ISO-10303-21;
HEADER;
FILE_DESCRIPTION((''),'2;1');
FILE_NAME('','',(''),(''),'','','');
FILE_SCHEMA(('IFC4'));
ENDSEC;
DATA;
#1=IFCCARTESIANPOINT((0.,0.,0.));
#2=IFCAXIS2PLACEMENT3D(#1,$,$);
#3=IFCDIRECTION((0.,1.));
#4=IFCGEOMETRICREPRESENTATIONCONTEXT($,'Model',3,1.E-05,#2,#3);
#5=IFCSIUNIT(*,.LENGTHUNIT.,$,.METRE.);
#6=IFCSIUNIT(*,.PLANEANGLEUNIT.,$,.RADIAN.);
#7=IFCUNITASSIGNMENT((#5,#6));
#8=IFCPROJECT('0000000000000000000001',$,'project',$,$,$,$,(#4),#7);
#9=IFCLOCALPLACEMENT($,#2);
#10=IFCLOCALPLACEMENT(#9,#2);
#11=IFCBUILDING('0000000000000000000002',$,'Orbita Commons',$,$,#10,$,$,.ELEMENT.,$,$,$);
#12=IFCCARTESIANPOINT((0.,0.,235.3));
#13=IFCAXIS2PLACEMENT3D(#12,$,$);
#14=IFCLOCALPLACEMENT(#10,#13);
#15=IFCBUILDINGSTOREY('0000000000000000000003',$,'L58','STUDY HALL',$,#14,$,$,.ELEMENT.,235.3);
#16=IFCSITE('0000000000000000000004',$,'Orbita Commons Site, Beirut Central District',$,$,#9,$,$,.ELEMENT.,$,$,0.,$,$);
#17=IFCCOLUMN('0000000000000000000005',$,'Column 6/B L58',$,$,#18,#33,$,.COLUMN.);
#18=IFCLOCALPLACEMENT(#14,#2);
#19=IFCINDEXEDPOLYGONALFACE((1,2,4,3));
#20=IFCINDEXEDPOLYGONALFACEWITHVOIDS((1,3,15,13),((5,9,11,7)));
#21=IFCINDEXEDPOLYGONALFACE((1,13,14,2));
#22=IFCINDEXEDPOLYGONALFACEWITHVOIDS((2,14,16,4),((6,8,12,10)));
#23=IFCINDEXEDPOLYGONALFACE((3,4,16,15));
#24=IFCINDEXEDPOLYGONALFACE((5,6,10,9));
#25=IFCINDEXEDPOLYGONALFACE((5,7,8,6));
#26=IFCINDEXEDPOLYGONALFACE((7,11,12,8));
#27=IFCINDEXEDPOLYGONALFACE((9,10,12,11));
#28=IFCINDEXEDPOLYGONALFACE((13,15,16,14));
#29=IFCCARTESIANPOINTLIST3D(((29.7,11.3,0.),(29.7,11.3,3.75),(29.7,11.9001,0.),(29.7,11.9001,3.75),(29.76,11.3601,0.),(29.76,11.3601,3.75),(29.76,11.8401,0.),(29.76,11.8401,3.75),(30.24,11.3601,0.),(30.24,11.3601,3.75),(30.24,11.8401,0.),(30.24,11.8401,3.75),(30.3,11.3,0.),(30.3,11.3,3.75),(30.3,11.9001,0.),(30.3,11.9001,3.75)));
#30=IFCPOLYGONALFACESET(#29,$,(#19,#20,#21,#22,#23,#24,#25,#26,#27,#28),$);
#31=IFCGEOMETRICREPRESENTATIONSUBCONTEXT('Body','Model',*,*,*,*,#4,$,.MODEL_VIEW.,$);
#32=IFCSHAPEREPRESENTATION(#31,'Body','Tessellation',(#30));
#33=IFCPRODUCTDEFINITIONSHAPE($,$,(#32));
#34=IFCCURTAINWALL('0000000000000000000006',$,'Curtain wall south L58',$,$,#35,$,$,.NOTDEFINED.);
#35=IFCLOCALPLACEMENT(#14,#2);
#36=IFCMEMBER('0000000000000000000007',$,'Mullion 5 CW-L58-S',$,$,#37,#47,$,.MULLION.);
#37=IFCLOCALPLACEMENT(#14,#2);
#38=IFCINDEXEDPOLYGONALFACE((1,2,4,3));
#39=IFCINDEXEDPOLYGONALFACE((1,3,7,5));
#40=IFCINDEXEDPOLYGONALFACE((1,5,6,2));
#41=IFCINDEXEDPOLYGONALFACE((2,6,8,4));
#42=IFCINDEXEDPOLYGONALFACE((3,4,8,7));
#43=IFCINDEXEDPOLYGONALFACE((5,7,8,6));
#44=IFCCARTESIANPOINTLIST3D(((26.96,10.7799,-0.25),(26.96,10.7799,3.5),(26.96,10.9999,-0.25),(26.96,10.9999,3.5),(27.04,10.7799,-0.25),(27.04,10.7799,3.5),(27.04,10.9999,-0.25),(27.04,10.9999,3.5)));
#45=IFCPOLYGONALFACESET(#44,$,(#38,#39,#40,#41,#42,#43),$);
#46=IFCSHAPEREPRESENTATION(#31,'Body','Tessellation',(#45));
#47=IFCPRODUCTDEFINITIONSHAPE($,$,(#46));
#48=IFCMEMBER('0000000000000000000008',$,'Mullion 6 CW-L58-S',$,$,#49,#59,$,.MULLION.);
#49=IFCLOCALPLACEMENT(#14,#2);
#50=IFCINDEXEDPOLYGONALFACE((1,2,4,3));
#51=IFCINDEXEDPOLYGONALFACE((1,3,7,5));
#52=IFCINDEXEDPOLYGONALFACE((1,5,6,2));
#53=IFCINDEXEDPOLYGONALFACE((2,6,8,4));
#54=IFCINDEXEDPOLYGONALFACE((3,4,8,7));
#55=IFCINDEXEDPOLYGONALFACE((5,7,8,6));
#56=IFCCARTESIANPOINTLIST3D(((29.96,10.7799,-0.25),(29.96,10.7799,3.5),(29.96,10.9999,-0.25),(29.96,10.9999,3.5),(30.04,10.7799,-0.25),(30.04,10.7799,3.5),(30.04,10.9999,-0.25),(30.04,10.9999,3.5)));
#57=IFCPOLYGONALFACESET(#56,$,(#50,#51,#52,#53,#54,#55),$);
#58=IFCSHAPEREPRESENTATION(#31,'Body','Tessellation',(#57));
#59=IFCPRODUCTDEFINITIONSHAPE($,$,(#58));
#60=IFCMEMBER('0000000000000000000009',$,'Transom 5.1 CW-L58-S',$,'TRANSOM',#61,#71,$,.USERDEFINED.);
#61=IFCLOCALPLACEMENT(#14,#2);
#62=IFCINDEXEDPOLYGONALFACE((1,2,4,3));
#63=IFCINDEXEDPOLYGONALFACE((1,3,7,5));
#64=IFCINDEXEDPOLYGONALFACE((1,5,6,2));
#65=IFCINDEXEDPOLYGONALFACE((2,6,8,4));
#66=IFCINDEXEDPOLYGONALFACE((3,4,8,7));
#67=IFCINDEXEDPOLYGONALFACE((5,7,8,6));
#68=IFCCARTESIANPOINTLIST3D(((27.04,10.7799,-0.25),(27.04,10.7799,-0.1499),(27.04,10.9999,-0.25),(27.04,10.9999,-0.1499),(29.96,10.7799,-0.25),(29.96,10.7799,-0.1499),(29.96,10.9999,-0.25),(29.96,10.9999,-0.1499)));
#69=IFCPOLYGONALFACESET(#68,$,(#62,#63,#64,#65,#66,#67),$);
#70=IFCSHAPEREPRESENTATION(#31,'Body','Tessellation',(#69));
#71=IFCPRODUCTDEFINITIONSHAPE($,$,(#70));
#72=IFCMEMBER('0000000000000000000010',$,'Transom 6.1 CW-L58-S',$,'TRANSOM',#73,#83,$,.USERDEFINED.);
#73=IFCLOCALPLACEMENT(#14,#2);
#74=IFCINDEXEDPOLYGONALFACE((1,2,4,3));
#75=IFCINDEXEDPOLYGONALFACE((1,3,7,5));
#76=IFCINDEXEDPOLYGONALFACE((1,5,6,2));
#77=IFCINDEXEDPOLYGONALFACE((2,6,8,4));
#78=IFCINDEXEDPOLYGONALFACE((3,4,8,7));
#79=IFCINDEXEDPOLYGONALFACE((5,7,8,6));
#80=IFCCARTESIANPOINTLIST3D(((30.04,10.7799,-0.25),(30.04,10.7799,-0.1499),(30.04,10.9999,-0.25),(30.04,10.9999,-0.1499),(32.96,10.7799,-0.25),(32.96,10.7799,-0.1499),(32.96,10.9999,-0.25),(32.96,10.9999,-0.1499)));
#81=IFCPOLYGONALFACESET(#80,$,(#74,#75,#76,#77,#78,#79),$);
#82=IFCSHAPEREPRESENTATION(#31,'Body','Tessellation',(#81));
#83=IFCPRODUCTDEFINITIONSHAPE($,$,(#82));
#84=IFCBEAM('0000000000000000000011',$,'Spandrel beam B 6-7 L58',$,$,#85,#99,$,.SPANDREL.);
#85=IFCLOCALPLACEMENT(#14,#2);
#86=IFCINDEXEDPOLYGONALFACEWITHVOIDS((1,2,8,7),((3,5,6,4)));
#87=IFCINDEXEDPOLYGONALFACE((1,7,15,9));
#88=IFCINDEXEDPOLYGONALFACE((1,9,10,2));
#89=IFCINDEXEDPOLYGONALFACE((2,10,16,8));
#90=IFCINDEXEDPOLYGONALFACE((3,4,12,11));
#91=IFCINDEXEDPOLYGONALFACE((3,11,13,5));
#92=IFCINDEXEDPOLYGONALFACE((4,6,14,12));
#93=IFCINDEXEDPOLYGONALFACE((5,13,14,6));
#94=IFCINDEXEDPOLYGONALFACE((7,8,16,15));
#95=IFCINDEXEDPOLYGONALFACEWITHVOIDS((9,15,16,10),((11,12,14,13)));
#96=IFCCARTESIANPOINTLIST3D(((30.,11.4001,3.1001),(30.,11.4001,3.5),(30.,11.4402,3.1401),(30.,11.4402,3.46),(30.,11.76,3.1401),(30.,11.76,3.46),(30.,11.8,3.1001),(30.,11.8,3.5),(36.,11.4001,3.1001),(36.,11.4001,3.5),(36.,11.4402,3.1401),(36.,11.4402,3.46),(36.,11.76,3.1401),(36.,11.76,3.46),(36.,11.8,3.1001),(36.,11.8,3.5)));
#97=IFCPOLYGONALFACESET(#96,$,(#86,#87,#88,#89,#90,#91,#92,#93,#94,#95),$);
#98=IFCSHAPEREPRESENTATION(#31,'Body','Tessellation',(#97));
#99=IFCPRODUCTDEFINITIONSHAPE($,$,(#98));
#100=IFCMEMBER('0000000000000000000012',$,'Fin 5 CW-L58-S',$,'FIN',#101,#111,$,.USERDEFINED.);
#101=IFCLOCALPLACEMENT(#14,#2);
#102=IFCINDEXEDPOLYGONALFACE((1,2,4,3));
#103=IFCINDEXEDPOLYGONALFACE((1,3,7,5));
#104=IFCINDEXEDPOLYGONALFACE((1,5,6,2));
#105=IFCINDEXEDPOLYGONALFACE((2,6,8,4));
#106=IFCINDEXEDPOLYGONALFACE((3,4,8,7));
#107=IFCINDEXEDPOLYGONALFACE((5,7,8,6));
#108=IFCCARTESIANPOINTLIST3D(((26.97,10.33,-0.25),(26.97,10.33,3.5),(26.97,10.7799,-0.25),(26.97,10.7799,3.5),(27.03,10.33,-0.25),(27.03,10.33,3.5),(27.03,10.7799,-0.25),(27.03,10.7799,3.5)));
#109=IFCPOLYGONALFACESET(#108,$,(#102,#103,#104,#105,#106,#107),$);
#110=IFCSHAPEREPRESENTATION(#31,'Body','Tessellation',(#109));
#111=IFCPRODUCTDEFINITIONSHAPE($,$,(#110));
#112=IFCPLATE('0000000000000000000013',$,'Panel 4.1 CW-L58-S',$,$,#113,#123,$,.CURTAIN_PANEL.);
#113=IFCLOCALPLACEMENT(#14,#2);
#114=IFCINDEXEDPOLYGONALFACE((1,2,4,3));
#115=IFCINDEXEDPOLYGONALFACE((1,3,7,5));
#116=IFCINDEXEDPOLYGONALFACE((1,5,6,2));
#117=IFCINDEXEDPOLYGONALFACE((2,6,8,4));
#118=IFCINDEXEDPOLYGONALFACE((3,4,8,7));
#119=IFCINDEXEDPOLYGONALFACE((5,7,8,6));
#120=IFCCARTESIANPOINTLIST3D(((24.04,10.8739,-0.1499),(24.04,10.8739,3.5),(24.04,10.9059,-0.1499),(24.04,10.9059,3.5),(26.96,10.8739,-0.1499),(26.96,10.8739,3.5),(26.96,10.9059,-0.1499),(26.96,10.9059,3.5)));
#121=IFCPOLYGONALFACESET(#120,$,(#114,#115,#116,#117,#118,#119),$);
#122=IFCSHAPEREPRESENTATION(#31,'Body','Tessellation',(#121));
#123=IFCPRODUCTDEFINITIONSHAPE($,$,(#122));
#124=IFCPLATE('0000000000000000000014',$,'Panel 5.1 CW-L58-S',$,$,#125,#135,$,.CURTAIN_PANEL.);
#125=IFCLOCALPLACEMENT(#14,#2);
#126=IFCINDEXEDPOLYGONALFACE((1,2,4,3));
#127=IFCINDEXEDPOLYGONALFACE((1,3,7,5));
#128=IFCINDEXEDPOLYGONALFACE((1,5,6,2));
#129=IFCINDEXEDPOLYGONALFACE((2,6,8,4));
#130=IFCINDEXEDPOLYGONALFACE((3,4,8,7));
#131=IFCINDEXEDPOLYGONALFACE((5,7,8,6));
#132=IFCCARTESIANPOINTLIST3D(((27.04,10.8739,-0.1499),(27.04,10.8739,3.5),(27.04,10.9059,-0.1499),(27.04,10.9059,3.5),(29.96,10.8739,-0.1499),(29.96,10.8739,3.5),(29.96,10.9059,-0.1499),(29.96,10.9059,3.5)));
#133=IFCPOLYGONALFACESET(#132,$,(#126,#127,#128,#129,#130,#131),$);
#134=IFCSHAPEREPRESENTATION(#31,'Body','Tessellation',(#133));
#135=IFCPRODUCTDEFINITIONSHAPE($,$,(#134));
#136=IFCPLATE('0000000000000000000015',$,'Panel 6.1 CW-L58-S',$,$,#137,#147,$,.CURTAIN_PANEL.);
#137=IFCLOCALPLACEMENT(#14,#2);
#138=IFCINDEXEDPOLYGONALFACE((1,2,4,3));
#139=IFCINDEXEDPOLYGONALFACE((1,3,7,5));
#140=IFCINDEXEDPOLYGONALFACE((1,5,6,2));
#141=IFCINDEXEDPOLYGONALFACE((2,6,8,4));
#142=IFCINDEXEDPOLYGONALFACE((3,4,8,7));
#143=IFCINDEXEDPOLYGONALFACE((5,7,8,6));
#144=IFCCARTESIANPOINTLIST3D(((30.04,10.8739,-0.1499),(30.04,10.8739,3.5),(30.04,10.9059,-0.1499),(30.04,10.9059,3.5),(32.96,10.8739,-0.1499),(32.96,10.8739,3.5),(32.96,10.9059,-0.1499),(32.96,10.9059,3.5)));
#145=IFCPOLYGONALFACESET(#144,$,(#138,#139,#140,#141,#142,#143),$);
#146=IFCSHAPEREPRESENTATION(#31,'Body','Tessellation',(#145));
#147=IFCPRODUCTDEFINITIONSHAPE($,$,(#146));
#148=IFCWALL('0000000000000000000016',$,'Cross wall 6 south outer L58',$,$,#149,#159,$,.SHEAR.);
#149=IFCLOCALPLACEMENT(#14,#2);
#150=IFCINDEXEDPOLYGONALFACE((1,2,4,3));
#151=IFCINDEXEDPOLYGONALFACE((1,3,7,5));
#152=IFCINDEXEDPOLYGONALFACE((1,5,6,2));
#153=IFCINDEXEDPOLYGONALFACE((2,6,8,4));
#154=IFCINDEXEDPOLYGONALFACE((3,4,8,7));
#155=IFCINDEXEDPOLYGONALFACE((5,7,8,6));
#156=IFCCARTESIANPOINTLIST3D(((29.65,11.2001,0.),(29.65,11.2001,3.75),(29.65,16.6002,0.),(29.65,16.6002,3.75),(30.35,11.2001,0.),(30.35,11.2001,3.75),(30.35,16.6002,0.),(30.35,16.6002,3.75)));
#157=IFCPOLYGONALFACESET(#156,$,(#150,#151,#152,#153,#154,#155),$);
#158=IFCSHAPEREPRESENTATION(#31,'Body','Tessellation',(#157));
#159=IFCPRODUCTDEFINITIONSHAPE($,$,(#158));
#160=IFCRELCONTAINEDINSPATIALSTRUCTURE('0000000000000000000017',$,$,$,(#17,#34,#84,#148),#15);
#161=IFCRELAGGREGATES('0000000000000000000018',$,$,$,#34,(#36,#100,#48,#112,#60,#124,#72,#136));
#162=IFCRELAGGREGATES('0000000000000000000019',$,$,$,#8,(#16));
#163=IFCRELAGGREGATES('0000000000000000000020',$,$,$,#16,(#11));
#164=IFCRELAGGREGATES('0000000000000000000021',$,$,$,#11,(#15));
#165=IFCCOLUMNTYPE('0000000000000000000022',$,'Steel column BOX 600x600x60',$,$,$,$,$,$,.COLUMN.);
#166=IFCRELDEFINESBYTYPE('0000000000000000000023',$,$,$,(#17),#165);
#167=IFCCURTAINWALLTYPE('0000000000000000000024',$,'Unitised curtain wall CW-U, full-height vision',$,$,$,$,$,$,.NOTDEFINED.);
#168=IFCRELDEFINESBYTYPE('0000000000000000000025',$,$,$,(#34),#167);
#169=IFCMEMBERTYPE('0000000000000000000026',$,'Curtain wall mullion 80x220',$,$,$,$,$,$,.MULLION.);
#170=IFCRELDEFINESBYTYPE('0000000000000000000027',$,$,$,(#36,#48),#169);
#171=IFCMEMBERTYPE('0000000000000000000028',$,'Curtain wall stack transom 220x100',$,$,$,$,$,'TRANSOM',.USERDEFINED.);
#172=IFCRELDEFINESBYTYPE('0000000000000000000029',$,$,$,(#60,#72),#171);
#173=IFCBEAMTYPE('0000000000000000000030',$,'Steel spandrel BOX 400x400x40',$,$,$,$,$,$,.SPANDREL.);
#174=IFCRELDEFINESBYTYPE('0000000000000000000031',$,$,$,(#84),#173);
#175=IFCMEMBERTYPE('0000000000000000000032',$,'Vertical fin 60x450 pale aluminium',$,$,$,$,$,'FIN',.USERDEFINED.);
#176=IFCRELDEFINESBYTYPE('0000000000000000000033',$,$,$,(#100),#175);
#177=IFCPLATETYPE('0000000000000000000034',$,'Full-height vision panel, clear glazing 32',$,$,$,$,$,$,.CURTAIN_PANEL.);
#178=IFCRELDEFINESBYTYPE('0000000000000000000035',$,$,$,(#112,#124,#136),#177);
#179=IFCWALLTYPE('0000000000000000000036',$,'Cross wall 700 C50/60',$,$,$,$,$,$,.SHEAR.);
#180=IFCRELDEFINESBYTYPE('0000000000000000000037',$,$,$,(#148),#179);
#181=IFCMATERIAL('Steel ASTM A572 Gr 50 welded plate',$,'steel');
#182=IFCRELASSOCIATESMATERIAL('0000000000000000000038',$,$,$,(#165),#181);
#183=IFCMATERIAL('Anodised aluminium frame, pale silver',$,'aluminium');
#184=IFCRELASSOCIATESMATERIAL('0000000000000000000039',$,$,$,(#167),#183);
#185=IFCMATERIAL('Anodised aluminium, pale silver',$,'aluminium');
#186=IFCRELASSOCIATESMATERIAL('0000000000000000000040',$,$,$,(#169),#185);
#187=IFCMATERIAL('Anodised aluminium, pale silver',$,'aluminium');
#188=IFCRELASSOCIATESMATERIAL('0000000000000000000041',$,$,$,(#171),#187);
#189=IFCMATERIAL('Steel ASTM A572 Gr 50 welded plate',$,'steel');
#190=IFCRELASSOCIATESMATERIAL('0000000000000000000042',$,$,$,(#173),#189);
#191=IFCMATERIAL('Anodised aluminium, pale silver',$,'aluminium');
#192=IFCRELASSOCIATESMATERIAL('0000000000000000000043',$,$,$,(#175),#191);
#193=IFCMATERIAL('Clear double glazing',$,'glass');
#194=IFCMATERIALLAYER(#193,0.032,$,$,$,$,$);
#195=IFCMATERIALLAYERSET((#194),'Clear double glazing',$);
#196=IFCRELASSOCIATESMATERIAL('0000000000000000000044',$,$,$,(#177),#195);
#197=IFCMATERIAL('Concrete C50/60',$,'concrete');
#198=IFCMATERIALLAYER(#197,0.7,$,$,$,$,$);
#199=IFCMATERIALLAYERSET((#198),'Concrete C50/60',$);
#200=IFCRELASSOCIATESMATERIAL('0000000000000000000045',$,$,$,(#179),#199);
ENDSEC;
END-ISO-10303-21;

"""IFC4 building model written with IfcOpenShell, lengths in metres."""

from ifc_helpers import new_model, si_unit, direction, frame, frame_2d, origin, origin_2d, place, context, subcontext, project, spatial, rectangle, hollow_rectangle, extrude, material, layer, layer_set, material_profile, profile_set, type_object, element, aggregate, save


model = new_model("IFC4")

# Units and contexts
model_context = context("Model", 3, precision=1e-05, world=origin(), true_north=direction((0.0, 1.0)))
body_context = subcontext(model_context, "Body", "Model", "MODEL_VIEW")
ifc_project = project(units=[si_unit("LENGTHUNIT", "METRE"), si_unit("PLANEANGLEUNIT", "RADIAN")], contexts=[model_context])

# Site, building, storey
site_placement = place(None, origin())
site = spatial("IfcSite", under=ifc_project, at=site_placement, Name="Orbita Commons Site, Beirut Central District", CompositionType="ELEMENT", RefElevation=0.0)
building_placement = place(site_placement, origin())
building = spatial("IfcBuilding", under=site, at=building_placement, Name="Orbita Commons", CompositionType="ELEMENT")
storey_placement = place(building_placement, frame((0.0, 0.0, 235.3)))
storey = spatial("IfcBuildingStorey", under=building, at=storey_placement, Name="L58", Description="STUDY HALL", CompositionType="ELEMENT", Elevation=235.3)

# Column
ifc_material_1 = material(Name="Steel ASTM A572 Gr 50 welded plate", Category="steel")
ifc_material_profile_1 = material_profile(ifc_material_1, hollow_rectangle(XDim=0.6001, YDim=0.6001, WallThickness=0.0601, at=origin_2d()), Name="BOX 600x600x60")
ifc_profile_set_1 = profile_set([ifc_material_profile_1], Name="Steel ASTM A572 Gr 50 welded plate")
column_type = type_object("IfcColumnType", Name="Steel column BOX 600x600x60", PredefinedType="COLUMN", material=ifc_profile_set_1)
column_placement = place(storey_placement, frame((30.0, 11.6001, 0.0), z_axis=(0.0, 0.0, 1.0), x_axis=(1.0, 0.0, 0.0)))
element("IfcColumn", 1, at=column_placement, inside=storey, type_object=column_type, Name="Column 6/B L58", PredefinedType="COLUMN", context=body_context, shape_type="SweptSolid", body=[
    extrude(hollow_rectangle(XDim=0.6001, YDim=0.6001, WallThickness=0.0601, at=origin_2d()), origin(), (0.0, 0.0, 1.0), 3.75),
])

# Curtain wall, members
ifc_material_2 = material(Name="Anodised aluminium frame, pale silver", Category="aluminium")
curtain_wall_type = type_object("IfcCurtainWallType", Name="Unitised curtain wall CW-U, full-height vision", PredefinedType="NOTDEFINED", material=ifc_material_2)
curtain_wall_placement = place(storey_placement, origin())
curtain_wall = element("IfcCurtainWall", 2, at=curtain_wall_placement, inside=storey, type_object=curtain_wall_type, Name="Curtain wall south L58", PredefinedType="NOTDEFINED")
ifc_material_3 = material(Name="Anodised aluminium, pale silver", Category="aluminium")
ifc_material_profile_2 = material_profile(ifc_material_3, rectangle(XDim=0.0801, YDim=0.22, at=origin_2d()), Name="AL 80x220")
ifc_profile_set_2 = profile_set([ifc_material_profile_2], Name="Anodised aluminium, pale silver")
member_type_1 = type_object("IfcMemberType", Name="Curtain wall mullion 80x220", PredefinedType="MULLION", material=ifc_profile_set_2)
member_1_placement = place(storey_placement, frame((27.0, 10.8899, -0.25), z_axis=(0.0, 0.0, 1.0), x_axis=(1.0, 0.0, 0.0)))
member_1 = element("IfcMember", 3, at=member_1_placement, type_object=member_type_1, Name="Mullion 5 CW-L58-S", PredefinedType="MULLION", context=body_context, shape_type="SweptSolid", body=[
    extrude(rectangle(XDim=0.0801, YDim=0.22, at=origin_2d()), origin(), (0.0, 0.0, 1.0), 3.75),
])
member_2_placement = place(storey_placement, frame((30.0, 10.8899, -0.25), z_axis=(0.0, 0.0, 1.0), x_axis=(1.0, 0.0, 0.0)))
member_2 = element("IfcMember", 4, at=member_2_placement, type_object=member_type_1, Name="Mullion 6 CW-L58-S", PredefinedType="MULLION", context=body_context, shape_type="SweptSolid", body=[
    extrude(rectangle(XDim=0.0801, YDim=0.22, at=origin_2d()), origin(), (0.0, 0.0, 1.0), 3.75),
])
ifc_material_4 = material(Name="Anodised aluminium, pale silver", Category="aluminium")
ifc_material_profile_3 = material_profile(ifc_material_4, rectangle(XDim=0.22, YDim=0.1001, at=origin_2d()), Name="AL 220x100")
ifc_profile_set_3 = profile_set([ifc_material_profile_3], Name="Anodised aluminium, pale silver")
member_type_2 = type_object("IfcMemberType", Name="Curtain wall stack transom 220x100", ElementType="TRANSOM", PredefinedType="USERDEFINED", material=ifc_profile_set_3)
member_3_placement = place(storey_placement, frame((27.04, 10.8899, -0.2), z_axis=(1.0, 0.0, 0.0), x_axis=(0.0, 1.0, 0.0)))
member_3 = element("IfcMember", 5, at=member_3_placement, type_object=member_type_2, Name="Transom 5.1 CW-L58-S", ObjectType="TRANSOM", PredefinedType="USERDEFINED", context=body_context, shape_type="SweptSolid", body=[
    extrude(rectangle(XDim=0.22, YDim=0.1001, at=origin_2d()), origin(), (0.0, 0.0, 1.0), 2.9199),
])
member_4_placement = place(storey_placement, frame((30.04, 10.8899, -0.2), z_axis=(1.0, 0.0, 0.0), x_axis=(0.0, 1.0, 0.0)))
member_4 = element("IfcMember", 6, at=member_4_placement, type_object=member_type_2, Name="Transom 6.1 CW-L58-S", ObjectType="TRANSOM", PredefinedType="USERDEFINED", context=body_context, shape_type="SweptSolid", body=[
    extrude(rectangle(XDim=0.22, YDim=0.1001, at=origin_2d()), origin(), (0.0, 0.0, 1.0), 2.9199),
])

# Beam
ifc_material_5 = material(Name="Steel ASTM A572 Gr 50 welded plate", Category="steel")
ifc_material_profile_4 = material_profile(ifc_material_5, hollow_rectangle(XDim=0.3999, YDim=0.3999, WallThickness=0.04, at=origin_2d()), Name="BOX 400x400x40")
ifc_profile_set_4 = profile_set([ifc_material_profile_4], Name="Steel ASTM A572 Gr 50 welded plate")
beam_type = type_object("IfcBeamType", Name="Steel spandrel BOX 400x400x40", PredefinedType="SPANDREL", material=ifc_profile_set_4)
beam_placement = place(storey_placement, frame((30.0, 11.6001, 3.3), z_axis=(1.0, 0.0, 0.0), x_axis=(0.0, 1.0, 0.0)))
element("IfcBeam", 7, at=beam_placement, inside=storey, type_object=beam_type, Name="Spandrel beam B 6-7 L58", PredefinedType="SPANDREL", context=body_context, shape_type="SweptSolid", body=[
    extrude(hollow_rectangle(XDim=0.3999, YDim=0.3999, WallThickness=0.04, at=origin_2d()), origin(), (0.0, 0.0, 1.0), 6.0),
])

# Member
ifc_material_6 = material(Name="Anodised aluminium, pale silver", Category="aluminium")
ifc_material_profile_5 = material_profile(ifc_material_6, rectangle(XDim=0.0601, YDim=0.45, at=origin_2d()), Name="FIN 60x450")
ifc_profile_set_5 = profile_set([ifc_material_profile_5], Name="Anodised aluminium, pale silver")
member_type_3 = type_object("IfcMemberType", Name="Vertical fin 60x450 pale aluminium", ElementType="FIN", PredefinedType="USERDEFINED", material=ifc_profile_set_5)
member_5_placement = place(storey_placement, frame((27.0, 10.5549, -0.25), z_axis=(0.0, 0.0, 1.0), x_axis=(1.0, 0.0, 0.0)))
member_5 = element("IfcMember", 8, at=member_5_placement, type_object=member_type_3, Name="Fin 5 CW-L58-S", ObjectType="FIN", PredefinedType="USERDEFINED", context=body_context, shape_type="SweptSolid", body=[
    extrude(rectangle(XDim=0.0601, YDim=0.45, at=origin_2d()), origin(), (0.0, 0.0, 1.0), 3.75),
])

# Plates
ifc_material_7 = material(Name="Clear double glazing", Category="glass")
ifc_layer_1 = layer(ifc_material_7, 0.032)
ifc_layer_set_1 = layer_set([ifc_layer_1], Name="Clear double glazing")
plate_type = type_object("IfcPlateType", Name="Full-height vision panel, clear glazing 32", PredefinedType="CURTAIN_PANEL", material=ifc_layer_set_1)
plate_1_placement = place(storey_placement, frame((25.5, 10.8899, -0.1499), z_axis=(0.0, 0.0, 1.0), x_axis=(1.0, 0.0, 0.0)))
plate_1 = element("IfcPlate", 9, at=plate_1_placement, type_object=plate_type, Name="Panel 4.1 CW-L58-S", PredefinedType="CURTAIN_PANEL", context=body_context, shape_type="SweptSolid", body=[
    extrude(rectangle(XDim=2.9199, YDim=0.032, at=origin_2d()), origin(), (0.0, 0.0, 1.0), 3.6499),
])
plate_2_placement = place(storey_placement, frame((28.5, 10.8899, -0.1499), z_axis=(0.0, 0.0, 1.0), x_axis=(1.0, 0.0, 0.0)))
plate_2 = element("IfcPlate", 10, at=plate_2_placement, type_object=plate_type, Name="Panel 5.1 CW-L58-S", PredefinedType="CURTAIN_PANEL", context=body_context, shape_type="SweptSolid", body=[
    extrude(rectangle(XDim=2.9199, YDim=0.032, at=origin_2d()), origin(), (0.0, 0.0, 1.0), 3.6499),
])
plate_3_placement = place(storey_placement, frame((31.5, 10.8899, -0.1499), z_axis=(0.0, 0.0, 1.0), x_axis=(1.0, 0.0, 0.0)))
plate_3 = element("IfcPlate", 11, at=plate_3_placement, type_object=plate_type, Name="Panel 6.1 CW-L58-S", PredefinedType="CURTAIN_PANEL", context=body_context, shape_type="SweptSolid", body=[
    extrude(rectangle(XDim=2.9199, YDim=0.032, at=origin_2d()), origin(), (0.0, 0.0, 1.0), 3.6499),
])
aggregate(curtain_wall, [member_1, member_5, member_2, plate_1, member_3, plate_2, member_4, plate_3])

# Wall
ifc_material_8 = material(Name="Concrete C50/60", Category="concrete")
ifc_layer_2 = layer(ifc_material_8, 0.7)
ifc_layer_set_2 = layer_set([ifc_layer_2], Name="Concrete C50/60")
wall_type_1 = type_object("IfcWallType", Name="Cross wall 700 C50/60", PredefinedType="SHEAR", material=ifc_layer_set_2)
wall_1_placement = place(storey_placement, frame((30.0, 11.2, 0.0), z_axis=(0.0, 0.0, 1.0), x_axis=(0.0, 1.0, 0.0)))
element("IfcWall", 12, at=wall_1_placement, inside=storey, type_object=wall_type_1, Name="Cross wall 6 south outer L58", PredefinedType="SHEAR", context=body_context, shape_type="SweptSolid", body=[
    extrude(rectangle(XDim=5.4001, YDim=0.7, at=frame_2d((2.7002, 0.0))), origin(), (0.0, 0.0, 1.0), 3.75),
])

save(model, "model.ifc")
